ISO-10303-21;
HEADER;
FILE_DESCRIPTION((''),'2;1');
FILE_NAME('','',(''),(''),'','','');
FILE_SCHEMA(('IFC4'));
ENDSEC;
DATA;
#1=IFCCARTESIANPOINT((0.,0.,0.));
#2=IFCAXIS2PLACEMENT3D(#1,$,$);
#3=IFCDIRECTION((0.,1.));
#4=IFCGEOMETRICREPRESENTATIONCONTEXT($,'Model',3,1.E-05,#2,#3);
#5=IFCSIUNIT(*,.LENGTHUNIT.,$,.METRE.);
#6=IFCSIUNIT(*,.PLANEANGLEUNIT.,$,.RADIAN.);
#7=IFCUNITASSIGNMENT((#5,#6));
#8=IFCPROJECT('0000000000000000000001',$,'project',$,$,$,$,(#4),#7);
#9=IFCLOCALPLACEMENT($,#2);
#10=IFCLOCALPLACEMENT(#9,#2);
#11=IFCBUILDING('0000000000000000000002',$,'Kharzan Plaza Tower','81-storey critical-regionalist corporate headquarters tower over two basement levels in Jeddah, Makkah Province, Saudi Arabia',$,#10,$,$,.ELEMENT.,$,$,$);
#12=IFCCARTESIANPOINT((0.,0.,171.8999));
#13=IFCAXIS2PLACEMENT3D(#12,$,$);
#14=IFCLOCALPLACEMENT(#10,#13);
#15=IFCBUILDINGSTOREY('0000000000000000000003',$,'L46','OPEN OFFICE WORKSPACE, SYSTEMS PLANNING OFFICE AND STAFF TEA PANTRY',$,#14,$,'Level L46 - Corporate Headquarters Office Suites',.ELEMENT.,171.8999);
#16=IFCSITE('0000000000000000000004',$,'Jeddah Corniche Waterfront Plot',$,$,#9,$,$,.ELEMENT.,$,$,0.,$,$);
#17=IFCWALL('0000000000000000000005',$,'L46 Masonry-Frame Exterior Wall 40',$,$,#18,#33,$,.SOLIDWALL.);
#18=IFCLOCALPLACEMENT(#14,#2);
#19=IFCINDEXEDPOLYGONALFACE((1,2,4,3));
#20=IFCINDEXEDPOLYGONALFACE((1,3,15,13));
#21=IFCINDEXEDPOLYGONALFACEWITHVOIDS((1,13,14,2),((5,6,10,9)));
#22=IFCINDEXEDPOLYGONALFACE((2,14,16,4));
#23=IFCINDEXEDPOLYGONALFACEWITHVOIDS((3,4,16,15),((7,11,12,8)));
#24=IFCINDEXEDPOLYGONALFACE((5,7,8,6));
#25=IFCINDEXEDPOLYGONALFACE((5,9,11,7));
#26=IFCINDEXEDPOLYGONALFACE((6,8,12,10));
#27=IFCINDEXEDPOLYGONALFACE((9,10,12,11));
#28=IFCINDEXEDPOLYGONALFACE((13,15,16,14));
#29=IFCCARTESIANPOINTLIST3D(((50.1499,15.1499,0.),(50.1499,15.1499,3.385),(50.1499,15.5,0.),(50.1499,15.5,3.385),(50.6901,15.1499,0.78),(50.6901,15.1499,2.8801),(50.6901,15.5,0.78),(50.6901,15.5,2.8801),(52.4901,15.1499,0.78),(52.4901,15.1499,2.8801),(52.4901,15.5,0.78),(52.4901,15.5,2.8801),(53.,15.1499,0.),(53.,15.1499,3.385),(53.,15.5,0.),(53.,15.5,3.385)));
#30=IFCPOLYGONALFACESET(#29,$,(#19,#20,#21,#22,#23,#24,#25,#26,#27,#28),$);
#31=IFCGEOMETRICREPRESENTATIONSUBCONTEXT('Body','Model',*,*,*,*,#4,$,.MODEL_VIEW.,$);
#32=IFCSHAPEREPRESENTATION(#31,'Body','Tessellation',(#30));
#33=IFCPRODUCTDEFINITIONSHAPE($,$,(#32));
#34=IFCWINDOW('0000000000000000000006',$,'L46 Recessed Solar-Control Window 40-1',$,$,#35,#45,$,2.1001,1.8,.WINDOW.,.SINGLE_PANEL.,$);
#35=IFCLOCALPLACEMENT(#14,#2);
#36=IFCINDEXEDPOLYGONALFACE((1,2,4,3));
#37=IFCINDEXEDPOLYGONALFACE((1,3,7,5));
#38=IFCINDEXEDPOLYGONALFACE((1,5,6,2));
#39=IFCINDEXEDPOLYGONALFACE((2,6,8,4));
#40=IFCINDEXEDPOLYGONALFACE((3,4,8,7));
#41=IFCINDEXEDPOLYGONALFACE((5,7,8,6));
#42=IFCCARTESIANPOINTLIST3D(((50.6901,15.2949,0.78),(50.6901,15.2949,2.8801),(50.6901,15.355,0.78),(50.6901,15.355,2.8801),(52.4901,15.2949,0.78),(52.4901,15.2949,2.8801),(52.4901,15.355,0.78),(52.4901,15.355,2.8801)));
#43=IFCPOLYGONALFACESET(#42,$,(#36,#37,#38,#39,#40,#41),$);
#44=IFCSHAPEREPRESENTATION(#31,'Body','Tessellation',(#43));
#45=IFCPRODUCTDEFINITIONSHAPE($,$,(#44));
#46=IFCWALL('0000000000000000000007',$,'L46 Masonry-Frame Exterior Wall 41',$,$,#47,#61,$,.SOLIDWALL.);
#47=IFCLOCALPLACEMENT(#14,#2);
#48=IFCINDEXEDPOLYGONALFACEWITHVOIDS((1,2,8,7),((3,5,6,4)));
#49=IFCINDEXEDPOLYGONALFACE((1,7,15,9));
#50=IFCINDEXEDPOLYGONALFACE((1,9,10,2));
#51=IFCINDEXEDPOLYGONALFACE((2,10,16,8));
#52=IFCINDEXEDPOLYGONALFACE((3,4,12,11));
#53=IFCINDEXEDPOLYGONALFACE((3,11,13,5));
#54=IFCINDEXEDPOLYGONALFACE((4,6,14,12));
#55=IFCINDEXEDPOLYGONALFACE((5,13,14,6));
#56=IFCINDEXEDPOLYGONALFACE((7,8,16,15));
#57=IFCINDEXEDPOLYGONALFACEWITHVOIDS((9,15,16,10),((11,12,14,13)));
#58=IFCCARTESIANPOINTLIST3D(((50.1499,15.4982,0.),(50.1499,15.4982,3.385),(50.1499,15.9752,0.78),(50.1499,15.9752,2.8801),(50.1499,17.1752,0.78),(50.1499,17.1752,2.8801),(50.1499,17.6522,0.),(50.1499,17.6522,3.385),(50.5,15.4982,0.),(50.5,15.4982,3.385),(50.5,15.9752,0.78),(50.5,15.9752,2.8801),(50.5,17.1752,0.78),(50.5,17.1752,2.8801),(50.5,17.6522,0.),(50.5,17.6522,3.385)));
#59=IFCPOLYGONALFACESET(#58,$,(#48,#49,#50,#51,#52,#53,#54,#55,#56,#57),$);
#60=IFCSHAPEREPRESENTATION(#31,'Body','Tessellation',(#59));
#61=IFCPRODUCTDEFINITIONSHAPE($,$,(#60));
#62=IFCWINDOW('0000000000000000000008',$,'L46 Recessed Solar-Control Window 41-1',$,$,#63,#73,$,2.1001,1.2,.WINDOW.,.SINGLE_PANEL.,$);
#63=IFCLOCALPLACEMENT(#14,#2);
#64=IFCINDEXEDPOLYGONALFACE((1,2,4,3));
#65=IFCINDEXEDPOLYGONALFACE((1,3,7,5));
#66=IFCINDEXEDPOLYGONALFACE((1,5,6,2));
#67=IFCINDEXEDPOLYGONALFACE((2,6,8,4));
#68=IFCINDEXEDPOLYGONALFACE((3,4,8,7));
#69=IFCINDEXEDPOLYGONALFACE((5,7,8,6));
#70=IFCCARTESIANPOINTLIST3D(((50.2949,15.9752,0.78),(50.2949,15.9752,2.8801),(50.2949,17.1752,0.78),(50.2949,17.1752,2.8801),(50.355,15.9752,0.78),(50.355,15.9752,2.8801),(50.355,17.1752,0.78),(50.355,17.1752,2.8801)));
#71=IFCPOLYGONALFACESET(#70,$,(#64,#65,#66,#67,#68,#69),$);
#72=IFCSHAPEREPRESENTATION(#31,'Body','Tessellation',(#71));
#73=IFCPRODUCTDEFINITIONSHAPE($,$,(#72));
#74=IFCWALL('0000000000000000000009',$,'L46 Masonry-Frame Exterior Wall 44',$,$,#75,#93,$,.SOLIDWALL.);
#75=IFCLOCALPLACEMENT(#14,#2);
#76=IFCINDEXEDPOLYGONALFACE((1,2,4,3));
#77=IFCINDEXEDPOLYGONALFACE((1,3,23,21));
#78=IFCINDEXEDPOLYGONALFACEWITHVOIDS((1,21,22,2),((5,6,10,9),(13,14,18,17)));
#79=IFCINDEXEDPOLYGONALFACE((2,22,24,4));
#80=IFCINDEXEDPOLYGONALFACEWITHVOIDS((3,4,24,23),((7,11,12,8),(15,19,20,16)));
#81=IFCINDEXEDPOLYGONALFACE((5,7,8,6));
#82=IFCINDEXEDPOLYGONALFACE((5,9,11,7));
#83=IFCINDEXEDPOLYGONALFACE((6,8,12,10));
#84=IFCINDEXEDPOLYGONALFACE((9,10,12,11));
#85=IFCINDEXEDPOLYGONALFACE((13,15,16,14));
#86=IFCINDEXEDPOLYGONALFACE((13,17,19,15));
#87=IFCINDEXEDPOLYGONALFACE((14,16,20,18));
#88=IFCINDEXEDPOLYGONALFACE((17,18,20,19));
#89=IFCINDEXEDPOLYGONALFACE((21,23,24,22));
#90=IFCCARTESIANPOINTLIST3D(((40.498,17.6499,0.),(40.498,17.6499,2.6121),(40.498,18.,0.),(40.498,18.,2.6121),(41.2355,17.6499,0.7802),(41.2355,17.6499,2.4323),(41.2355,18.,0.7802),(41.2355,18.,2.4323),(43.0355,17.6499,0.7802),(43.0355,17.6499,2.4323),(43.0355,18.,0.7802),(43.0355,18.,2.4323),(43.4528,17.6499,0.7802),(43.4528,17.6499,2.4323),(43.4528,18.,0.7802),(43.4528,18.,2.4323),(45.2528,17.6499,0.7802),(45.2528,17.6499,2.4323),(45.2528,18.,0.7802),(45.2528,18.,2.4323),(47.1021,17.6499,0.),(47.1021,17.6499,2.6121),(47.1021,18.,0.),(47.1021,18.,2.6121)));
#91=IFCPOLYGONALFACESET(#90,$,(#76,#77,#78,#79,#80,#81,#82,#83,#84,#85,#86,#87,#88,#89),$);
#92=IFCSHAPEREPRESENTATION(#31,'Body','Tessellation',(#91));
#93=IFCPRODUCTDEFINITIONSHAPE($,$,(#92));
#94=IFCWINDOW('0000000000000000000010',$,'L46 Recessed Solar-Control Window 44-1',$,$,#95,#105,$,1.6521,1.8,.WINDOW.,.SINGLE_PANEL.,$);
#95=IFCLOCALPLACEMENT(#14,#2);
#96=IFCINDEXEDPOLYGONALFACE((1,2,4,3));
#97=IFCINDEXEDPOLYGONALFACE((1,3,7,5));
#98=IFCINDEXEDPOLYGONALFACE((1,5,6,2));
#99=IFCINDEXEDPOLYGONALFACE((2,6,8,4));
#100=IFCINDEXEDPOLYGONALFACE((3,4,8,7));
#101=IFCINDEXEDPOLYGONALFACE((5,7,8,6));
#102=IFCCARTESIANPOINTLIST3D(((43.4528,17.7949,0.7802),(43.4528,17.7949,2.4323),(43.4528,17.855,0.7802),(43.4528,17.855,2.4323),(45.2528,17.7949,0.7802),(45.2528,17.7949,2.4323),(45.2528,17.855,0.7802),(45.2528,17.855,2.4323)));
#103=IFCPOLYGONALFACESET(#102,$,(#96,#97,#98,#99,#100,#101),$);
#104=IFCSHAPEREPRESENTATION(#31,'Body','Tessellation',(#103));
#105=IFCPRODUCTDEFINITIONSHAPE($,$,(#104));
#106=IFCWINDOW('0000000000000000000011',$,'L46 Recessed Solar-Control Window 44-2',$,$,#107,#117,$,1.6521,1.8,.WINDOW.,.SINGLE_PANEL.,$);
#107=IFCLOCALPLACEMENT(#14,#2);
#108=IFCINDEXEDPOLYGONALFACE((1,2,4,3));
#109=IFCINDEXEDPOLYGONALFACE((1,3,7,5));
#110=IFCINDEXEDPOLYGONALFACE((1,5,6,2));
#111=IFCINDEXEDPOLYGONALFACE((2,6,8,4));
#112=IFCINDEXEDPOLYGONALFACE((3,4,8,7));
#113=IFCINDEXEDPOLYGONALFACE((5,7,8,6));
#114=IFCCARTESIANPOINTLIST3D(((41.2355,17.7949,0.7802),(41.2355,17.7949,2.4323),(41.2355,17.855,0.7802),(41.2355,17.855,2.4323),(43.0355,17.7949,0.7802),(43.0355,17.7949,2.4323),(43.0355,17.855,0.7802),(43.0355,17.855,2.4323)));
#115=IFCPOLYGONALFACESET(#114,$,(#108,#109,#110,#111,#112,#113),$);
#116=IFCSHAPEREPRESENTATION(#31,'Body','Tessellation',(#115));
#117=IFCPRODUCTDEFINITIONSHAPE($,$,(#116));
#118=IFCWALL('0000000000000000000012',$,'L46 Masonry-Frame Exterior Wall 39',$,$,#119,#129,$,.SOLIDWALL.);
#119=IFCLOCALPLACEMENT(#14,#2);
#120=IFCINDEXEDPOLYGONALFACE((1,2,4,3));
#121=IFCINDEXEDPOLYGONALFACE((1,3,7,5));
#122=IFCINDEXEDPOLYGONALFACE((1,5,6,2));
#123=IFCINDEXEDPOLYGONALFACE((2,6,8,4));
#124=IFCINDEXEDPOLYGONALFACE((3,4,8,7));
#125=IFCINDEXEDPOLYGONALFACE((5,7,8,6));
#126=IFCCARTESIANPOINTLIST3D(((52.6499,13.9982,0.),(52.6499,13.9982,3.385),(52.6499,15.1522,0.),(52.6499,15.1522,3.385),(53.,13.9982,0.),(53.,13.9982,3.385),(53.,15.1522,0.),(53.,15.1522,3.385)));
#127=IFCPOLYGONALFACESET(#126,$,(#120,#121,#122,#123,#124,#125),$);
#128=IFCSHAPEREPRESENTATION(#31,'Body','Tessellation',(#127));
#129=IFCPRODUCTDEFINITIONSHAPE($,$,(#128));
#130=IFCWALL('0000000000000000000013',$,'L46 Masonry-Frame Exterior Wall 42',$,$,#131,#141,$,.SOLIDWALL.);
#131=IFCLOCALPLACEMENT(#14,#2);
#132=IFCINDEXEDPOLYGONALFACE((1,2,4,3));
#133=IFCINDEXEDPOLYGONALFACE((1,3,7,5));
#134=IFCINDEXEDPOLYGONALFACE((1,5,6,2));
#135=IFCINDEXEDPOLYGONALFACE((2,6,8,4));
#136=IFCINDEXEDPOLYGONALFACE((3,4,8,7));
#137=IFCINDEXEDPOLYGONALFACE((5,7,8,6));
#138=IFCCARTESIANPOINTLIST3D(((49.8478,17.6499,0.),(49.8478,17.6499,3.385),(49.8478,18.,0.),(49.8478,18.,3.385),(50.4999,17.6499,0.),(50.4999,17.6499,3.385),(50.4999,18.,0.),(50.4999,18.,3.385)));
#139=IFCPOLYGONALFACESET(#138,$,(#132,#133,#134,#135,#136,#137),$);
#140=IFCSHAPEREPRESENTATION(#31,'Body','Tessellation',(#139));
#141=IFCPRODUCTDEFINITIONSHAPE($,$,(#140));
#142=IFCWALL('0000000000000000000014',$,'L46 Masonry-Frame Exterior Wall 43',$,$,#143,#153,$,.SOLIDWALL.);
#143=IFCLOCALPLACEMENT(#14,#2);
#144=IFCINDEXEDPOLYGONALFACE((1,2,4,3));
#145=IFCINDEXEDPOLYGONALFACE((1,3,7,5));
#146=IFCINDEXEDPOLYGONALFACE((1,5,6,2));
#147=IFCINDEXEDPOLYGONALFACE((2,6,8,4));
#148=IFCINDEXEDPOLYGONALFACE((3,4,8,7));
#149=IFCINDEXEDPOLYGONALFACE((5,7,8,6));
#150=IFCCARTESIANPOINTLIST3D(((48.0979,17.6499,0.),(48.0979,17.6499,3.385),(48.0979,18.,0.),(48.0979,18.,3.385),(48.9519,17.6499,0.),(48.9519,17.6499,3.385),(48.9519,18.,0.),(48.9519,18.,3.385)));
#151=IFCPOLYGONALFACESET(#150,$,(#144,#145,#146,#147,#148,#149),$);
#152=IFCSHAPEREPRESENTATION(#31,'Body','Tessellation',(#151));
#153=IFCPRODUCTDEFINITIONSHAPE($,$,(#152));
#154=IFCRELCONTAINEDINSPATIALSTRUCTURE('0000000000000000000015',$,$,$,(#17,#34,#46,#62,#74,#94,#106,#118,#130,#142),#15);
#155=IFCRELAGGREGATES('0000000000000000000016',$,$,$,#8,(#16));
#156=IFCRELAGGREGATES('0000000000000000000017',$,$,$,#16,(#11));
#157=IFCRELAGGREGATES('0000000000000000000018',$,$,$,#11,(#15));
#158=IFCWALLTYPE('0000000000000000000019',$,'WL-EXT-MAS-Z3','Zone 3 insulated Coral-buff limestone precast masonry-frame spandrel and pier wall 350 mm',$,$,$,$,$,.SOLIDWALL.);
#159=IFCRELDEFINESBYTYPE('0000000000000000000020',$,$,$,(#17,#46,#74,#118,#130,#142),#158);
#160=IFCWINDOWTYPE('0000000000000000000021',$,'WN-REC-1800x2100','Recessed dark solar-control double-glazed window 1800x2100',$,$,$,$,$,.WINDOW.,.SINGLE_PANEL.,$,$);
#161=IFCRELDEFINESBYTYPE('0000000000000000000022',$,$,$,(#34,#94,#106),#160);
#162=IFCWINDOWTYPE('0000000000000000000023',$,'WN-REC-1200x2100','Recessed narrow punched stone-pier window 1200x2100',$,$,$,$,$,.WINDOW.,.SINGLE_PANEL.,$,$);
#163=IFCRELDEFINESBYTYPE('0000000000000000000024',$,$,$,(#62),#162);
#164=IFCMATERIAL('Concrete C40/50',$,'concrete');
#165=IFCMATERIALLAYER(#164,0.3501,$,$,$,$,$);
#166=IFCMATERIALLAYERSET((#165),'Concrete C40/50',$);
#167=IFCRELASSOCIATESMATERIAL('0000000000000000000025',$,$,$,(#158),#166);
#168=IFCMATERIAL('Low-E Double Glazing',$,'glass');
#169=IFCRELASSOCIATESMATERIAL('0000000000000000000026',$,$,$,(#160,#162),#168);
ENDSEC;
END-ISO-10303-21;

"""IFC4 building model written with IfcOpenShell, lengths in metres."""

from ifc_helpers import new_model, si_unit, direction, frame, frame_2d, origin, place, context, subcontext, project, spatial, rectangle, extrude, source, transform, mapped, material, layer, layer_set, type_object, element, fill, save


model = new_model("IFC4")

# Units and contexts
model_context = context("Model", 3, precision=1e-05, world=origin(), true_north=direction((0.0, 1.0)))
body_context = subcontext(model_context, "Body", "Model", "MODEL_VIEW")
ifc_project = project(units=[si_unit("LENGTHUNIT", "METRE"), si_unit("PLANEANGLEUNIT", "RADIAN")], contexts=[model_context])

# Site, building, storey
site_placement = place(None, origin())
site = spatial("IfcSite", under=ifc_project, at=site_placement, Name="Jeddah Corniche Waterfront Plot", CompositionType="ELEMENT", RefElevation=0.0)
building_placement = place(site_placement, origin())
building = spatial("IfcBuilding", under=site, at=building_placement, Name="Kharzan Plaza Tower", Description="81-storey critical-regionalist corporate headquarters tower over two basement levels in Jeddah, Makkah Province, Saudi Arabia", CompositionType="ELEMENT")
storey_placement = place(building_placement, frame((0.0, 0.0, 171.8999)))
storey = spatial("IfcBuildingStorey", under=building, at=storey_placement, Name="L46", Description="OPEN OFFICE WORKSPACE, SYSTEMS PLANNING OFFICE AND STAFF TEA PANTRY", LongName="Level L46 - Corporate Headquarters Office Suites", CompositionType="ELEMENT", Elevation=171.8999)

# Walls, openings, windows
ifc_material_1 = material(Name="Concrete C40/50", Category="concrete")
ifc_layer_1 = layer(ifc_material_1, 0.3501)
ifc_layer_set_1 = layer_set([ifc_layer_1], Name="Concrete C40/50")
wall_type_1 = type_object("IfcWallType", Name="WL-EXT-MAS-Z3", Description="Zone 3 insulated Coral-buff limestone precast masonry-frame spandrel and pier wall 350 mm", PredefinedType="SOLIDWALL", material=ifc_layer_set_1)
wall_1_placement = place(storey_placement, frame((53.0, 15.325, 0.0), z_axis=(0.0, 0.0, 1.0), x_axis=(-1.0, 0.0, 0.0)))
wall_1 = element("IfcWall", 1, at=wall_1_placement, inside=storey, type_object=wall_type_1, Name="L46 Masonry-Frame Exterior Wall 40", PredefinedType="SOLIDWALL", context=body_context, shape_type="SweptSolid", body=[
    extrude(rectangle(XDim=2.8501, YDim=0.3501, at=frame_2d((1.425, 0.0))), origin(), (0.0, 0.0, 1.0), 3.385),
])
opening_1_placement = place(wall_1_placement, frame((0.51, 0.0, 0.78)))
opening_1 = element("IfcOpeningElement", 2, at=opening_1_placement, cuts=wall_1, PredefinedType="OPENING", context=body_context, shape_type="SweptSolid", body=[
    extrude(rectangle(XDim=1.8, YDim=2.1001, at=frame_2d((0.8999, 1.05))), frame((0.0, 0.1851, 0.0), z_axis=(0.0, -1.0, 0.0), x_axis=(1.0, 0.0, 0.0)), (0.0, 0.0, 1.0), 0.3701),
])
ifc_material_2 = material(Name="Low-E Double Glazing", Category="glass")
window_type_1 = type_object("IfcWindowType", Name="WN-REC-1800x2100", Description="Recessed dark solar-control double-glazed window 1800x2100", PartitioningType="SINGLE_PANEL", PredefinedType="WINDOW", material=ifc_material_2)
shared_shape_1 = source(origin(), body_context, "Body", "SweptSolid", [
    extrude(rectangle(XDim=1.8, YDim=2.1001, at=frame_2d((0.8999, 1.05))), frame((0.0, 0.03, 0.0), z_axis=(0.0, -1.0, 0.0), x_axis=(1.0, 0.0, 0.0)), (0.0, 0.0, 1.0), 0.0601),
])
window_1_placement = place(opening_1_placement, origin())
window_1 = element("IfcWindow", 3, at=window_1_placement, inside=storey, type_object=window_type_1, Name="L46 Recessed Solar-Control Window 40-1", OverallHeight=2.1001, OverallWidth=1.8, PartitioningType="SINGLE_PANEL", PredefinedType="WINDOW", context=body_context, shape_type="MappedRepresentation", body=[
    mapped(shared_shape_1, transform((0.0, 0.0, 0.0), x_axis=(1.0, 0.0, 0.0), y_axis=(0.0, 1.0, 0.0), z_axis=(0.0, 0.0, 1.0))),
])
fill(opening_1, window_1)
wall_2_placement = place(storey_placement, frame((50.325, 15.498, 0.0), z_axis=(0.0, 0.0, 1.0), x_axis=(0.0, 1.0, 0.0)))
wall_2 = element("IfcWall", 4, at=wall_2_placement, inside=storey, type_object=wall_type_1, Name="L46 Masonry-Frame Exterior Wall 41", PredefinedType="SOLIDWALL", context=body_context, shape_type="SweptSolid", body=[
    extrude(rectangle(XDim=2.1541, YDim=0.3501, at=frame_2d((1.0771, 0.0))), origin(), (0.0, 0.0, 1.0), 3.385),
])
opening_2_placement = place(wall_2_placement, frame((0.4771, 0.0, 0.78)))
opening_2 = element("IfcOpeningElement", 5, at=opening_2_placement, cuts=wall_2, PredefinedType="OPENING", context=body_context, shape_type="SweptSolid", body=[
    extrude(rectangle(XDim=1.2, YDim=2.1001, at=frame_2d((0.6001, 1.05))), frame((0.0, 0.1851, 0.0), z_axis=(0.0, -1.0, 0.0), x_axis=(1.0, 0.0, 0.0)), (0.0, 0.0, 1.0), 0.3701),
])
window_type_2 = type_object("IfcWindowType", Name="WN-REC-1200x2100", Description="Recessed narrow punched stone-pier window 1200x2100", PartitioningType="SINGLE_PANEL", PredefinedType="WINDOW", material=ifc_material_2)
shared_shape_2 = source(origin(), body_context, "Body", "SweptSolid", [
    extrude(rectangle(XDim=1.2, YDim=2.1001, at=frame_2d((0.6001, 1.05))), frame((0.0, 0.03, 0.0), z_axis=(0.0, -1.0, 0.0), x_axis=(1.0, 0.0, 0.0)), (0.0, 0.0, 1.0), 0.0601),
])
window_2_placement = place(opening_2_placement, origin())
window_2 = element("IfcWindow", 6, at=window_2_placement, inside=storey, type_object=window_type_2, Name="L46 Recessed Solar-Control Window 41-1", OverallHeight=2.1001, OverallWidth=1.2, PartitioningType="SINGLE_PANEL", PredefinedType="WINDOW", context=body_context, shape_type="MappedRepresentation", body=[
    mapped(shared_shape_2, transform((0.0, 0.0, 0.0), x_axis=(1.0, 0.0, 0.0), y_axis=(0.0, 1.0, 0.0), z_axis=(0.0, 0.0, 1.0))),
])
fill(opening_2, window_2)

# Wall, openings, windows
wall_3_placement = place(storey_placement, frame((47.1021, 17.825, 0.0), z_axis=(0.0, 0.0, 1.0), x_axis=(-1.0, 0.0, 0.0)))
wall_3 = element("IfcWall", 7, at=wall_3_placement, inside=storey, type_object=wall_type_1, Name="L46 Masonry-Frame Exterior Wall 44", PredefinedType="SOLIDWALL", context=body_context, shape_type="SweptSolid", body=[
    extrude(rectangle(XDim=6.604, YDim=0.3501, at=frame_2d((3.302, 0.0))), origin(), (0.0, 0.0, 1.0), 2.6121),
])
opening_3_placement = place(wall_3_placement, frame((1.8494, 0.0, 0.78)))
opening_3 = element("IfcOpeningElement", 8, at=opening_3_placement, cuts=wall_3, PredefinedType="OPENING", context=body_context, shape_type="SweptSolid", body=[
    extrude(rectangle(XDim=1.8, YDim=1.6521, at=frame_2d((0.8999, 0.8262))), frame((0.0, 0.1851, 0.0), z_axis=(0.0, -1.0, 0.0), x_axis=(1.0, 0.0, 0.0)), (0.0, 0.0, 1.0), 0.3701),
])
opening_4_placement = place(wall_3_placement, frame((4.0667, 0.0, 0.78)))
opening_4 = element("IfcOpeningElement", 9, at=opening_4_placement, cuts=wall_3, PredefinedType="OPENING", context=body_context, shape_type="SweptSolid", body=[
    extrude(rectangle(XDim=1.8, YDim=1.6521, at=frame_2d((0.8999, 0.8262))), frame((0.0, 0.1851, 0.0), z_axis=(0.0, -1.0, 0.0), x_axis=(1.0, 0.0, 0.0)), (0.0, 0.0, 1.0), 0.3701),
])
shared_shape_3 = source(origin(), body_context, "Body", "SweptSolid", [
    extrude(rectangle(XDim=1.8, YDim=1.6521, at=frame_2d((0.8999, 0.8262))), frame((0.0, 0.03, 0.0), z_axis=(0.0, -1.0, 0.0), x_axis=(1.0, 0.0, 0.0)), (0.0, 0.0, 1.0), 0.0601),
])
window_3_placement = place(opening_3_placement, origin())
window_3 = element("IfcWindow", 10, at=window_3_placement, inside=storey, type_object=window_type_1, Name="L46 Recessed Solar-Control Window 44-1", OverallHeight=1.6521, OverallWidth=1.8, PartitioningType="SINGLE_PANEL", PredefinedType="WINDOW", context=body_context, shape_type="MappedRepresentation", body=[
    mapped(shared_shape_3, transform((0.0, 0.0, 0.0), x_axis=(1.0, 0.0, 0.0), y_axis=(0.0, 1.0, 0.0), z_axis=(0.0, 0.0, 1.0))),
])
fill(opening_3, window_3)
window_4_placement = place(opening_4_placement, origin())
window_4 = element("IfcWindow", 11, at=window_4_placement, inside=storey, type_object=window_type_1, Name="L46 Recessed Solar-Control Window 44-2", OverallHeight=1.6521, OverallWidth=1.8, PartitioningType="SINGLE_PANEL", PredefinedType="WINDOW", context=body_context, shape_type="MappedRepresentation", body=[
    mapped(shared_shape_3, transform((0.0, 0.0, 0.0), x_axis=(1.0, 0.0, 0.0), y_axis=(0.0, 1.0, 0.0), z_axis=(0.0, 0.0, 1.0))),
])
fill(opening_4, window_4)

# Walls
shared_shape_4 = source(origin(), body_context, "Body", "SweptSolid", [
    extrude(rectangle(XDim=1.1541, YDim=0.3501, at=frame_2d((0.5771, 0.0))), origin(), (0.0, 0.0, 1.0), 3.385),
])
wall_4_placement = place(storey_placement, frame((52.825, 13.998, 0.0), z_axis=(0.0, 0.0, 1.0), x_axis=(0.0, 1.0, 0.0)))
element("IfcWall", 12, at=wall_4_placement, inside=storey, type_object=wall_type_1, Name="L46 Masonry-Frame Exterior Wall 39", PredefinedType="SOLIDWALL", context=body_context, shape_type="MappedRepresentation", body=[
    mapped(shared_shape_4, transform((0.0, 0.0, 0.0), x_axis=(1.0, 0.0, 0.0), y_axis=(0.0, 1.0, 0.0), z_axis=(0.0, 0.0, 1.0))),
])
shared_shape_5 = source(origin(), body_context, "Body", "SweptSolid", [
    extrude(rectangle(XDim=0.6521, YDim=0.3501, at=frame_2d((0.3262, 0.0))), origin(), (0.0, 0.0, 1.0), 3.385),
])
wall_5_placement = place(storey_placement, frame((50.5, 17.825, 0.0), z_axis=(0.0, 0.0, 1.0), x_axis=(-1.0, 0.0, 0.0)))
element("IfcWall", 13, at=wall_5_placement, inside=storey, type_object=wall_type_1, Name="L46 Masonry-Frame Exterior Wall 42", PredefinedType="SOLIDWALL", context=body_context, shape_type="MappedRepresentation", body=[
    mapped(shared_shape_5, transform((0.0, 0.0, 0.0), x_axis=(1.0, 0.0, 0.0), y_axis=(0.0, 1.0, 0.0), z_axis=(0.0, 0.0, 1.0))),
])
shared_shape_6 = source(origin(), body_context, "Body", "SweptSolid", [
    extrude(rectangle(XDim=0.854, YDim=0.3501, at=frame_2d((0.427, 0.0))), origin(), (0.0, 0.0, 1.0), 3.385),
])
wall_6_placement = place(storey_placement, frame((48.9519, 17.825, 0.0), z_axis=(0.0, 0.0, 1.0), x_axis=(-1.0, 0.0, 0.0)))
element("IfcWall", 14, at=wall_6_placement, inside=storey, type_object=wall_type_1, Name="L46 Masonry-Frame Exterior Wall 43", PredefinedType="SOLIDWALL", context=body_context, shape_type="MappedRepresentation", body=[
    mapped(shared_shape_6, transform((0.0, 0.0, 0.0), x_axis=(1.0, 0.0, 0.0), y_axis=(0.0, 1.0, 0.0), z_axis=(0.0, 0.0, 1.0))),
])

save(model, "model.ifc")
